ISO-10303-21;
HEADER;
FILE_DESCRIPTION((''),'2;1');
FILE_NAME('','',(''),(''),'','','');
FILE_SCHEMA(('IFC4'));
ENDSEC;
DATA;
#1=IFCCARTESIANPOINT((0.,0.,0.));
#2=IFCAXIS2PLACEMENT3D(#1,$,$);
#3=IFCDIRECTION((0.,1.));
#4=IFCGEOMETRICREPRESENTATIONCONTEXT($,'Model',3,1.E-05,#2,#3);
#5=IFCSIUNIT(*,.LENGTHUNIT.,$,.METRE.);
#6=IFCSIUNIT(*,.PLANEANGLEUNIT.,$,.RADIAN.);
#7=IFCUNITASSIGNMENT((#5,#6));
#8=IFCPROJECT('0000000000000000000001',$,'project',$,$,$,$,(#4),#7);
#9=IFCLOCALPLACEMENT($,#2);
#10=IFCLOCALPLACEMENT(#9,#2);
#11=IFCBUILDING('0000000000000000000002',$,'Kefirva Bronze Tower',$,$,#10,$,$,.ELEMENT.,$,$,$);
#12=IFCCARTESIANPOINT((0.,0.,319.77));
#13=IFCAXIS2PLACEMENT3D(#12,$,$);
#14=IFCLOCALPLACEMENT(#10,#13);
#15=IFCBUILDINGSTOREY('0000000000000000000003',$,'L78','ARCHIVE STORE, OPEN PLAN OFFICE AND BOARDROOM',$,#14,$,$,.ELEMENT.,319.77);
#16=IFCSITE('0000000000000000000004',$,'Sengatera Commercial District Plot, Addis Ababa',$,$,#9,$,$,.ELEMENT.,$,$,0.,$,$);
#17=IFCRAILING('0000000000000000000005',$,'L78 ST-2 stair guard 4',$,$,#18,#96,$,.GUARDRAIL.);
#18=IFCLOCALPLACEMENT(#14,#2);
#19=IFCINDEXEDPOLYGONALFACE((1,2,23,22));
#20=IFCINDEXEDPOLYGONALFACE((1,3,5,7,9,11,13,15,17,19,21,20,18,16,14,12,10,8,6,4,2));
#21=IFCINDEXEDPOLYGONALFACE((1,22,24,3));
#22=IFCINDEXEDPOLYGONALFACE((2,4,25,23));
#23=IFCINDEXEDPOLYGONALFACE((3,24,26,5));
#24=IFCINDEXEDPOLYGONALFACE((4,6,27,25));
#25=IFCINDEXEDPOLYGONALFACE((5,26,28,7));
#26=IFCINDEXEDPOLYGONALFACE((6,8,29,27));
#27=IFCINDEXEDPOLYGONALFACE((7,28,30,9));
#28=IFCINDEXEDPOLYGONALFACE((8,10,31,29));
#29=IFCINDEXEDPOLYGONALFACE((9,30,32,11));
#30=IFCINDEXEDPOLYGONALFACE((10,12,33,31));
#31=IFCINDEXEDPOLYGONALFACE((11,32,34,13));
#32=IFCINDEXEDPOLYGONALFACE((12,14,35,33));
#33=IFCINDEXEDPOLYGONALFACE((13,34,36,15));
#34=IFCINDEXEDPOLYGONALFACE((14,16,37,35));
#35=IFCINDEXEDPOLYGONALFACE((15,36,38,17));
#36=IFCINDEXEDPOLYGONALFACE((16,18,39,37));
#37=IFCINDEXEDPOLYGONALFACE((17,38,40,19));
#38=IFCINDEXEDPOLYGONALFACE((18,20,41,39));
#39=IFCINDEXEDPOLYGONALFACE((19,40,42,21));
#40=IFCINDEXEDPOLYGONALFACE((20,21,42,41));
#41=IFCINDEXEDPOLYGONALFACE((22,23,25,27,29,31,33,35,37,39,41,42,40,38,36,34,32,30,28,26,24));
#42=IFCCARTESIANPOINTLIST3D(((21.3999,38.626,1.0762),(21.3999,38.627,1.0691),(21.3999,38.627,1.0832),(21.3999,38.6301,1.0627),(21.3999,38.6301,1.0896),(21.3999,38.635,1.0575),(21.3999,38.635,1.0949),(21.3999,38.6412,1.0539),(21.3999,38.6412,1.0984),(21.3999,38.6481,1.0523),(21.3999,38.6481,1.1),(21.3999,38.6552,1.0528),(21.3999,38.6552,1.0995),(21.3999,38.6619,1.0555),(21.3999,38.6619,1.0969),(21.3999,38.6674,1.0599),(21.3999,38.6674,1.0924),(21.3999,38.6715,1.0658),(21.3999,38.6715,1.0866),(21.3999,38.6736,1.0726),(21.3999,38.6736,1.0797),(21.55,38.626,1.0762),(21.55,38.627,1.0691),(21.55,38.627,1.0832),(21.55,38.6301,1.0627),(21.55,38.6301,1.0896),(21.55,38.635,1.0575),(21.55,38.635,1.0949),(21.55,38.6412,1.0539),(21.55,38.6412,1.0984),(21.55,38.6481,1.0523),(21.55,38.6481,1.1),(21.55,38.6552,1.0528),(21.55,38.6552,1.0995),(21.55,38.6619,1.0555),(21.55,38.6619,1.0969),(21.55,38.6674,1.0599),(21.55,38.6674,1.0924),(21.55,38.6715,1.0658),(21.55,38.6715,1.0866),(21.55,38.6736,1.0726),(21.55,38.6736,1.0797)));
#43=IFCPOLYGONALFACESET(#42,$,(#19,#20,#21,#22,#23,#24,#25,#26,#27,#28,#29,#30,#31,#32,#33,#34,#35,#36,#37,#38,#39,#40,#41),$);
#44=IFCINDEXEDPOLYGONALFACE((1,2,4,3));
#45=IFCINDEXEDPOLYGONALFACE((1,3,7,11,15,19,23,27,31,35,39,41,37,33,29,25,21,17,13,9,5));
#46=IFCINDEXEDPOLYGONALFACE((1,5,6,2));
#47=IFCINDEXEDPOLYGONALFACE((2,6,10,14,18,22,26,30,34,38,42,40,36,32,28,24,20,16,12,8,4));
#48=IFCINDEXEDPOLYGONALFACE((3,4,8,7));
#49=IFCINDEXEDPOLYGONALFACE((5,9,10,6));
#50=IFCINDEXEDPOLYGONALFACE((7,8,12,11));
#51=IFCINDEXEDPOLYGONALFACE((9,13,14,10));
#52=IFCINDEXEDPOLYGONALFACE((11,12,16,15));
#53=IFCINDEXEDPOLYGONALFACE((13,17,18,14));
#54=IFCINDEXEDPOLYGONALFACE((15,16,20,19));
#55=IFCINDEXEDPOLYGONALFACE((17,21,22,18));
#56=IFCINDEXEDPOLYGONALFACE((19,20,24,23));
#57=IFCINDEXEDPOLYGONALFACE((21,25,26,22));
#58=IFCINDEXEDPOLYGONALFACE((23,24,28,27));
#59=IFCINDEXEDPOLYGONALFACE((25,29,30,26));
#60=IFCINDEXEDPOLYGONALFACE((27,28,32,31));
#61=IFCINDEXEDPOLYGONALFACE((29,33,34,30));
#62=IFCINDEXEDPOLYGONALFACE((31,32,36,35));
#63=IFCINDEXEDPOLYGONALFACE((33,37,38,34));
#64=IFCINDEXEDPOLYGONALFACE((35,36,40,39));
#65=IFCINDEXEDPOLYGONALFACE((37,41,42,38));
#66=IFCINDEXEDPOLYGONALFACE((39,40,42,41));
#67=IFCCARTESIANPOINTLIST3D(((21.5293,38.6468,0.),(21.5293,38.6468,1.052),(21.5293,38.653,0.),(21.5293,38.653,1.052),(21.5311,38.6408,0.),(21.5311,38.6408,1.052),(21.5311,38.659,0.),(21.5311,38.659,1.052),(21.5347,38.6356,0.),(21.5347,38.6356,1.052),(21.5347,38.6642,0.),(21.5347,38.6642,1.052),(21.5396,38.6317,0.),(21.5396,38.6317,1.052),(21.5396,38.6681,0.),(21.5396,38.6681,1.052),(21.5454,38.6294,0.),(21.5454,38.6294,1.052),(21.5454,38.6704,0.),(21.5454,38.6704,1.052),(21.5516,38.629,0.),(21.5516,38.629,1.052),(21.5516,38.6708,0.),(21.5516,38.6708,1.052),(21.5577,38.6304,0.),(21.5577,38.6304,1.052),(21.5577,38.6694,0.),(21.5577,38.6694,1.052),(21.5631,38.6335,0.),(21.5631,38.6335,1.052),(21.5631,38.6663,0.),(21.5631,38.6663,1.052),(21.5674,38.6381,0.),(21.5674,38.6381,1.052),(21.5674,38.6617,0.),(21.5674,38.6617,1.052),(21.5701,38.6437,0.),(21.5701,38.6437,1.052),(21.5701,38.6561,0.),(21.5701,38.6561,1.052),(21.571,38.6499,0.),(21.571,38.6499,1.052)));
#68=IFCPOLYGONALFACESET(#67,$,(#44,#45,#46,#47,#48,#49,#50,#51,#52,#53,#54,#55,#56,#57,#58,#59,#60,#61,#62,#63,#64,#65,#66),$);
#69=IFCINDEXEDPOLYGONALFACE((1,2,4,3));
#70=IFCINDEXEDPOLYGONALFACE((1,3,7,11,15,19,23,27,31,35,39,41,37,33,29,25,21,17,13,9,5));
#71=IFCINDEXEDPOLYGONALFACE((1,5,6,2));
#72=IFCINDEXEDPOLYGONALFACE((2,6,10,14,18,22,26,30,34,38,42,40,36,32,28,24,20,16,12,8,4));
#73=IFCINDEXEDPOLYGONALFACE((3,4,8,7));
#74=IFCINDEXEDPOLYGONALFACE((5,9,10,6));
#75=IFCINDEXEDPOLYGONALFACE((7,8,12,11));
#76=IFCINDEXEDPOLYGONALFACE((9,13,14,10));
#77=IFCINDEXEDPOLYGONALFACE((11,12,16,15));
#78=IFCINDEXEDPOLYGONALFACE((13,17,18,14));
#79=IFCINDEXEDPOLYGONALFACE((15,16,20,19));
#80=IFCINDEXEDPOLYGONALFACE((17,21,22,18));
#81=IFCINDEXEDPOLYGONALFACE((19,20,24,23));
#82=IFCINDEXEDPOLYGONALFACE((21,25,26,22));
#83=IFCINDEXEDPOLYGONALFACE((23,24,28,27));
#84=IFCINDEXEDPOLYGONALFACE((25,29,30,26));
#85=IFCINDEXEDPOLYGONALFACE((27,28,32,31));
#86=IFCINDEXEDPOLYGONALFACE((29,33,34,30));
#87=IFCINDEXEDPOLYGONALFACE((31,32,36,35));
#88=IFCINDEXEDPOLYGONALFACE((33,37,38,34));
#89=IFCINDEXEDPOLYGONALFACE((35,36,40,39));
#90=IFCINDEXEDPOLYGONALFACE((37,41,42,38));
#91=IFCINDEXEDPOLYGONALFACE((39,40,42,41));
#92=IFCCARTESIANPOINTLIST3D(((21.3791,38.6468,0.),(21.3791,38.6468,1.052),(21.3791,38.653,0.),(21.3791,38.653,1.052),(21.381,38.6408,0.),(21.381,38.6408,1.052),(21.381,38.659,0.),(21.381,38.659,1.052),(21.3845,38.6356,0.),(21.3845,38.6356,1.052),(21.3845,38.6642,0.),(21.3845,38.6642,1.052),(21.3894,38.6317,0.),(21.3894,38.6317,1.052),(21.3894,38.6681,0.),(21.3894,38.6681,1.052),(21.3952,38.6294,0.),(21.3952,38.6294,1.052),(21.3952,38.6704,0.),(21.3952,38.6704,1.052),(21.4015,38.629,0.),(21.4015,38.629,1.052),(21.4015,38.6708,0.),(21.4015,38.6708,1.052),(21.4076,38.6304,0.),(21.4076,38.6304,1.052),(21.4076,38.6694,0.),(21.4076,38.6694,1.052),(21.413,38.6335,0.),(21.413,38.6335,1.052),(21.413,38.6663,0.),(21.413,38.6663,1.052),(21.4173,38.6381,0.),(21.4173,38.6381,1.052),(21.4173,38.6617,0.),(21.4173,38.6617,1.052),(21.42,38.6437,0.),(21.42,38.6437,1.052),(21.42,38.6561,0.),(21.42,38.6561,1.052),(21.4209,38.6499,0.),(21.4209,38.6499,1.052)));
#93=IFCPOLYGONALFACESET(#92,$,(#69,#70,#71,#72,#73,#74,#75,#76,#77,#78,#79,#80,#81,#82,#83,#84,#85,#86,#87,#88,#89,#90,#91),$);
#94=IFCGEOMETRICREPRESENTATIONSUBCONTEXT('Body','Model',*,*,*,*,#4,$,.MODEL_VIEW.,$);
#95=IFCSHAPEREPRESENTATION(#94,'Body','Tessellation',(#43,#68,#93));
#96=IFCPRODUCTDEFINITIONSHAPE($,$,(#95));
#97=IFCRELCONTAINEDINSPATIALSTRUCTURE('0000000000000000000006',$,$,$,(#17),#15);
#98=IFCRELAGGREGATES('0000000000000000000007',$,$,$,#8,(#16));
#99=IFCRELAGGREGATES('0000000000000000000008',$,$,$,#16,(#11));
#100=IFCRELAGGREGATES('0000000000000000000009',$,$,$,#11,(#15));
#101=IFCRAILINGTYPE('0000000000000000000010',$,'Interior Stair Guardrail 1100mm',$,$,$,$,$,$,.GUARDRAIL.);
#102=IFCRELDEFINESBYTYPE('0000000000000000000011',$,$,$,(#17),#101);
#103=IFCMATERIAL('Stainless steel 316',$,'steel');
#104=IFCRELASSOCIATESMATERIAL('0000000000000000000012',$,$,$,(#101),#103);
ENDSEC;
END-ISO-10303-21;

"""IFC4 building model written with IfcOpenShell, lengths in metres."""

from ifc_helpers import new_model, si_unit, direction, frame, origin, origin_2d, place, context, subcontext, project, spatial, circle, extrude, material, type_object, element, save


model = new_model("IFC4")

# Units and contexts
model_context = context("Model", 3, precision=1e-05, world=origin(), true_north=direction((0.0, 1.0)))
body_context = subcontext(model_context, "Body", "Model", "MODEL_VIEW")
ifc_project = project(units=[si_unit("LENGTHUNIT", "METRE"), si_unit("PLANEANGLEUNIT", "RADIAN")], contexts=[model_context])

# Site, building, storey
site_placement = place(None, origin())
site = spatial("IfcSite", under=ifc_project, at=site_placement, Name="Sengatera Commercial District Plot, Addis Ababa", CompositionType="ELEMENT", RefElevation=0.0)
building_placement = place(site_placement, origin())
building = spatial("IfcBuilding", under=site, at=building_placement, Name="Kefirva Bronze Tower", CompositionType="ELEMENT")
storey_placement = place(building_placement, frame((0.0, 0.0, 319.77)))
storey = spatial("IfcBuildingStorey", under=building, at=storey_placement, Name="L78", Description="ARCHIVE STORE, OPEN PLAN OFFICE AND BOARDROOM", CompositionType="ELEMENT", Elevation=319.77)

# Railing
ifc_material_1 = material(Name="Stainless steel 316", Category="steel")
railing_type_1 = type_object("IfcRailingType", Name="Interior Stair Guardrail 1100mm", PredefinedType="GUARDRAIL", material=ifc_material_1)
railing_1_placement = place(storey_placement, frame((21.55, 38.6499, 0.0)))
element("IfcRailing", 1, at=railing_1_placement, inside=storey, type_object=railing_type_1, Name="L78 ST-2 stair guard 4", PredefinedType="GUARDRAIL", context=body_context, shape_type="SweptSolid", body=[
    extrude(circle(Radius=0.0239, at=origin_2d()), frame((0.0, 0.0, 1.0762), z_axis=(-1.0, 0.0, 0.0), x_axis=(0.0, -1.0, 0.0)), (0.0, 0.0, 1.0), 0.1501),
    extrude(circle(Radius=0.021, at=origin_2d()), origin(), (0.0, 0.0, 1.0), 1.052),
    extrude(circle(Radius=0.021, at=origin_2d()), frame((-0.1501, 0.0, 0.0)), (0.0, 0.0, 1.0), 1.052),
])

save(model, "model.ifc")
